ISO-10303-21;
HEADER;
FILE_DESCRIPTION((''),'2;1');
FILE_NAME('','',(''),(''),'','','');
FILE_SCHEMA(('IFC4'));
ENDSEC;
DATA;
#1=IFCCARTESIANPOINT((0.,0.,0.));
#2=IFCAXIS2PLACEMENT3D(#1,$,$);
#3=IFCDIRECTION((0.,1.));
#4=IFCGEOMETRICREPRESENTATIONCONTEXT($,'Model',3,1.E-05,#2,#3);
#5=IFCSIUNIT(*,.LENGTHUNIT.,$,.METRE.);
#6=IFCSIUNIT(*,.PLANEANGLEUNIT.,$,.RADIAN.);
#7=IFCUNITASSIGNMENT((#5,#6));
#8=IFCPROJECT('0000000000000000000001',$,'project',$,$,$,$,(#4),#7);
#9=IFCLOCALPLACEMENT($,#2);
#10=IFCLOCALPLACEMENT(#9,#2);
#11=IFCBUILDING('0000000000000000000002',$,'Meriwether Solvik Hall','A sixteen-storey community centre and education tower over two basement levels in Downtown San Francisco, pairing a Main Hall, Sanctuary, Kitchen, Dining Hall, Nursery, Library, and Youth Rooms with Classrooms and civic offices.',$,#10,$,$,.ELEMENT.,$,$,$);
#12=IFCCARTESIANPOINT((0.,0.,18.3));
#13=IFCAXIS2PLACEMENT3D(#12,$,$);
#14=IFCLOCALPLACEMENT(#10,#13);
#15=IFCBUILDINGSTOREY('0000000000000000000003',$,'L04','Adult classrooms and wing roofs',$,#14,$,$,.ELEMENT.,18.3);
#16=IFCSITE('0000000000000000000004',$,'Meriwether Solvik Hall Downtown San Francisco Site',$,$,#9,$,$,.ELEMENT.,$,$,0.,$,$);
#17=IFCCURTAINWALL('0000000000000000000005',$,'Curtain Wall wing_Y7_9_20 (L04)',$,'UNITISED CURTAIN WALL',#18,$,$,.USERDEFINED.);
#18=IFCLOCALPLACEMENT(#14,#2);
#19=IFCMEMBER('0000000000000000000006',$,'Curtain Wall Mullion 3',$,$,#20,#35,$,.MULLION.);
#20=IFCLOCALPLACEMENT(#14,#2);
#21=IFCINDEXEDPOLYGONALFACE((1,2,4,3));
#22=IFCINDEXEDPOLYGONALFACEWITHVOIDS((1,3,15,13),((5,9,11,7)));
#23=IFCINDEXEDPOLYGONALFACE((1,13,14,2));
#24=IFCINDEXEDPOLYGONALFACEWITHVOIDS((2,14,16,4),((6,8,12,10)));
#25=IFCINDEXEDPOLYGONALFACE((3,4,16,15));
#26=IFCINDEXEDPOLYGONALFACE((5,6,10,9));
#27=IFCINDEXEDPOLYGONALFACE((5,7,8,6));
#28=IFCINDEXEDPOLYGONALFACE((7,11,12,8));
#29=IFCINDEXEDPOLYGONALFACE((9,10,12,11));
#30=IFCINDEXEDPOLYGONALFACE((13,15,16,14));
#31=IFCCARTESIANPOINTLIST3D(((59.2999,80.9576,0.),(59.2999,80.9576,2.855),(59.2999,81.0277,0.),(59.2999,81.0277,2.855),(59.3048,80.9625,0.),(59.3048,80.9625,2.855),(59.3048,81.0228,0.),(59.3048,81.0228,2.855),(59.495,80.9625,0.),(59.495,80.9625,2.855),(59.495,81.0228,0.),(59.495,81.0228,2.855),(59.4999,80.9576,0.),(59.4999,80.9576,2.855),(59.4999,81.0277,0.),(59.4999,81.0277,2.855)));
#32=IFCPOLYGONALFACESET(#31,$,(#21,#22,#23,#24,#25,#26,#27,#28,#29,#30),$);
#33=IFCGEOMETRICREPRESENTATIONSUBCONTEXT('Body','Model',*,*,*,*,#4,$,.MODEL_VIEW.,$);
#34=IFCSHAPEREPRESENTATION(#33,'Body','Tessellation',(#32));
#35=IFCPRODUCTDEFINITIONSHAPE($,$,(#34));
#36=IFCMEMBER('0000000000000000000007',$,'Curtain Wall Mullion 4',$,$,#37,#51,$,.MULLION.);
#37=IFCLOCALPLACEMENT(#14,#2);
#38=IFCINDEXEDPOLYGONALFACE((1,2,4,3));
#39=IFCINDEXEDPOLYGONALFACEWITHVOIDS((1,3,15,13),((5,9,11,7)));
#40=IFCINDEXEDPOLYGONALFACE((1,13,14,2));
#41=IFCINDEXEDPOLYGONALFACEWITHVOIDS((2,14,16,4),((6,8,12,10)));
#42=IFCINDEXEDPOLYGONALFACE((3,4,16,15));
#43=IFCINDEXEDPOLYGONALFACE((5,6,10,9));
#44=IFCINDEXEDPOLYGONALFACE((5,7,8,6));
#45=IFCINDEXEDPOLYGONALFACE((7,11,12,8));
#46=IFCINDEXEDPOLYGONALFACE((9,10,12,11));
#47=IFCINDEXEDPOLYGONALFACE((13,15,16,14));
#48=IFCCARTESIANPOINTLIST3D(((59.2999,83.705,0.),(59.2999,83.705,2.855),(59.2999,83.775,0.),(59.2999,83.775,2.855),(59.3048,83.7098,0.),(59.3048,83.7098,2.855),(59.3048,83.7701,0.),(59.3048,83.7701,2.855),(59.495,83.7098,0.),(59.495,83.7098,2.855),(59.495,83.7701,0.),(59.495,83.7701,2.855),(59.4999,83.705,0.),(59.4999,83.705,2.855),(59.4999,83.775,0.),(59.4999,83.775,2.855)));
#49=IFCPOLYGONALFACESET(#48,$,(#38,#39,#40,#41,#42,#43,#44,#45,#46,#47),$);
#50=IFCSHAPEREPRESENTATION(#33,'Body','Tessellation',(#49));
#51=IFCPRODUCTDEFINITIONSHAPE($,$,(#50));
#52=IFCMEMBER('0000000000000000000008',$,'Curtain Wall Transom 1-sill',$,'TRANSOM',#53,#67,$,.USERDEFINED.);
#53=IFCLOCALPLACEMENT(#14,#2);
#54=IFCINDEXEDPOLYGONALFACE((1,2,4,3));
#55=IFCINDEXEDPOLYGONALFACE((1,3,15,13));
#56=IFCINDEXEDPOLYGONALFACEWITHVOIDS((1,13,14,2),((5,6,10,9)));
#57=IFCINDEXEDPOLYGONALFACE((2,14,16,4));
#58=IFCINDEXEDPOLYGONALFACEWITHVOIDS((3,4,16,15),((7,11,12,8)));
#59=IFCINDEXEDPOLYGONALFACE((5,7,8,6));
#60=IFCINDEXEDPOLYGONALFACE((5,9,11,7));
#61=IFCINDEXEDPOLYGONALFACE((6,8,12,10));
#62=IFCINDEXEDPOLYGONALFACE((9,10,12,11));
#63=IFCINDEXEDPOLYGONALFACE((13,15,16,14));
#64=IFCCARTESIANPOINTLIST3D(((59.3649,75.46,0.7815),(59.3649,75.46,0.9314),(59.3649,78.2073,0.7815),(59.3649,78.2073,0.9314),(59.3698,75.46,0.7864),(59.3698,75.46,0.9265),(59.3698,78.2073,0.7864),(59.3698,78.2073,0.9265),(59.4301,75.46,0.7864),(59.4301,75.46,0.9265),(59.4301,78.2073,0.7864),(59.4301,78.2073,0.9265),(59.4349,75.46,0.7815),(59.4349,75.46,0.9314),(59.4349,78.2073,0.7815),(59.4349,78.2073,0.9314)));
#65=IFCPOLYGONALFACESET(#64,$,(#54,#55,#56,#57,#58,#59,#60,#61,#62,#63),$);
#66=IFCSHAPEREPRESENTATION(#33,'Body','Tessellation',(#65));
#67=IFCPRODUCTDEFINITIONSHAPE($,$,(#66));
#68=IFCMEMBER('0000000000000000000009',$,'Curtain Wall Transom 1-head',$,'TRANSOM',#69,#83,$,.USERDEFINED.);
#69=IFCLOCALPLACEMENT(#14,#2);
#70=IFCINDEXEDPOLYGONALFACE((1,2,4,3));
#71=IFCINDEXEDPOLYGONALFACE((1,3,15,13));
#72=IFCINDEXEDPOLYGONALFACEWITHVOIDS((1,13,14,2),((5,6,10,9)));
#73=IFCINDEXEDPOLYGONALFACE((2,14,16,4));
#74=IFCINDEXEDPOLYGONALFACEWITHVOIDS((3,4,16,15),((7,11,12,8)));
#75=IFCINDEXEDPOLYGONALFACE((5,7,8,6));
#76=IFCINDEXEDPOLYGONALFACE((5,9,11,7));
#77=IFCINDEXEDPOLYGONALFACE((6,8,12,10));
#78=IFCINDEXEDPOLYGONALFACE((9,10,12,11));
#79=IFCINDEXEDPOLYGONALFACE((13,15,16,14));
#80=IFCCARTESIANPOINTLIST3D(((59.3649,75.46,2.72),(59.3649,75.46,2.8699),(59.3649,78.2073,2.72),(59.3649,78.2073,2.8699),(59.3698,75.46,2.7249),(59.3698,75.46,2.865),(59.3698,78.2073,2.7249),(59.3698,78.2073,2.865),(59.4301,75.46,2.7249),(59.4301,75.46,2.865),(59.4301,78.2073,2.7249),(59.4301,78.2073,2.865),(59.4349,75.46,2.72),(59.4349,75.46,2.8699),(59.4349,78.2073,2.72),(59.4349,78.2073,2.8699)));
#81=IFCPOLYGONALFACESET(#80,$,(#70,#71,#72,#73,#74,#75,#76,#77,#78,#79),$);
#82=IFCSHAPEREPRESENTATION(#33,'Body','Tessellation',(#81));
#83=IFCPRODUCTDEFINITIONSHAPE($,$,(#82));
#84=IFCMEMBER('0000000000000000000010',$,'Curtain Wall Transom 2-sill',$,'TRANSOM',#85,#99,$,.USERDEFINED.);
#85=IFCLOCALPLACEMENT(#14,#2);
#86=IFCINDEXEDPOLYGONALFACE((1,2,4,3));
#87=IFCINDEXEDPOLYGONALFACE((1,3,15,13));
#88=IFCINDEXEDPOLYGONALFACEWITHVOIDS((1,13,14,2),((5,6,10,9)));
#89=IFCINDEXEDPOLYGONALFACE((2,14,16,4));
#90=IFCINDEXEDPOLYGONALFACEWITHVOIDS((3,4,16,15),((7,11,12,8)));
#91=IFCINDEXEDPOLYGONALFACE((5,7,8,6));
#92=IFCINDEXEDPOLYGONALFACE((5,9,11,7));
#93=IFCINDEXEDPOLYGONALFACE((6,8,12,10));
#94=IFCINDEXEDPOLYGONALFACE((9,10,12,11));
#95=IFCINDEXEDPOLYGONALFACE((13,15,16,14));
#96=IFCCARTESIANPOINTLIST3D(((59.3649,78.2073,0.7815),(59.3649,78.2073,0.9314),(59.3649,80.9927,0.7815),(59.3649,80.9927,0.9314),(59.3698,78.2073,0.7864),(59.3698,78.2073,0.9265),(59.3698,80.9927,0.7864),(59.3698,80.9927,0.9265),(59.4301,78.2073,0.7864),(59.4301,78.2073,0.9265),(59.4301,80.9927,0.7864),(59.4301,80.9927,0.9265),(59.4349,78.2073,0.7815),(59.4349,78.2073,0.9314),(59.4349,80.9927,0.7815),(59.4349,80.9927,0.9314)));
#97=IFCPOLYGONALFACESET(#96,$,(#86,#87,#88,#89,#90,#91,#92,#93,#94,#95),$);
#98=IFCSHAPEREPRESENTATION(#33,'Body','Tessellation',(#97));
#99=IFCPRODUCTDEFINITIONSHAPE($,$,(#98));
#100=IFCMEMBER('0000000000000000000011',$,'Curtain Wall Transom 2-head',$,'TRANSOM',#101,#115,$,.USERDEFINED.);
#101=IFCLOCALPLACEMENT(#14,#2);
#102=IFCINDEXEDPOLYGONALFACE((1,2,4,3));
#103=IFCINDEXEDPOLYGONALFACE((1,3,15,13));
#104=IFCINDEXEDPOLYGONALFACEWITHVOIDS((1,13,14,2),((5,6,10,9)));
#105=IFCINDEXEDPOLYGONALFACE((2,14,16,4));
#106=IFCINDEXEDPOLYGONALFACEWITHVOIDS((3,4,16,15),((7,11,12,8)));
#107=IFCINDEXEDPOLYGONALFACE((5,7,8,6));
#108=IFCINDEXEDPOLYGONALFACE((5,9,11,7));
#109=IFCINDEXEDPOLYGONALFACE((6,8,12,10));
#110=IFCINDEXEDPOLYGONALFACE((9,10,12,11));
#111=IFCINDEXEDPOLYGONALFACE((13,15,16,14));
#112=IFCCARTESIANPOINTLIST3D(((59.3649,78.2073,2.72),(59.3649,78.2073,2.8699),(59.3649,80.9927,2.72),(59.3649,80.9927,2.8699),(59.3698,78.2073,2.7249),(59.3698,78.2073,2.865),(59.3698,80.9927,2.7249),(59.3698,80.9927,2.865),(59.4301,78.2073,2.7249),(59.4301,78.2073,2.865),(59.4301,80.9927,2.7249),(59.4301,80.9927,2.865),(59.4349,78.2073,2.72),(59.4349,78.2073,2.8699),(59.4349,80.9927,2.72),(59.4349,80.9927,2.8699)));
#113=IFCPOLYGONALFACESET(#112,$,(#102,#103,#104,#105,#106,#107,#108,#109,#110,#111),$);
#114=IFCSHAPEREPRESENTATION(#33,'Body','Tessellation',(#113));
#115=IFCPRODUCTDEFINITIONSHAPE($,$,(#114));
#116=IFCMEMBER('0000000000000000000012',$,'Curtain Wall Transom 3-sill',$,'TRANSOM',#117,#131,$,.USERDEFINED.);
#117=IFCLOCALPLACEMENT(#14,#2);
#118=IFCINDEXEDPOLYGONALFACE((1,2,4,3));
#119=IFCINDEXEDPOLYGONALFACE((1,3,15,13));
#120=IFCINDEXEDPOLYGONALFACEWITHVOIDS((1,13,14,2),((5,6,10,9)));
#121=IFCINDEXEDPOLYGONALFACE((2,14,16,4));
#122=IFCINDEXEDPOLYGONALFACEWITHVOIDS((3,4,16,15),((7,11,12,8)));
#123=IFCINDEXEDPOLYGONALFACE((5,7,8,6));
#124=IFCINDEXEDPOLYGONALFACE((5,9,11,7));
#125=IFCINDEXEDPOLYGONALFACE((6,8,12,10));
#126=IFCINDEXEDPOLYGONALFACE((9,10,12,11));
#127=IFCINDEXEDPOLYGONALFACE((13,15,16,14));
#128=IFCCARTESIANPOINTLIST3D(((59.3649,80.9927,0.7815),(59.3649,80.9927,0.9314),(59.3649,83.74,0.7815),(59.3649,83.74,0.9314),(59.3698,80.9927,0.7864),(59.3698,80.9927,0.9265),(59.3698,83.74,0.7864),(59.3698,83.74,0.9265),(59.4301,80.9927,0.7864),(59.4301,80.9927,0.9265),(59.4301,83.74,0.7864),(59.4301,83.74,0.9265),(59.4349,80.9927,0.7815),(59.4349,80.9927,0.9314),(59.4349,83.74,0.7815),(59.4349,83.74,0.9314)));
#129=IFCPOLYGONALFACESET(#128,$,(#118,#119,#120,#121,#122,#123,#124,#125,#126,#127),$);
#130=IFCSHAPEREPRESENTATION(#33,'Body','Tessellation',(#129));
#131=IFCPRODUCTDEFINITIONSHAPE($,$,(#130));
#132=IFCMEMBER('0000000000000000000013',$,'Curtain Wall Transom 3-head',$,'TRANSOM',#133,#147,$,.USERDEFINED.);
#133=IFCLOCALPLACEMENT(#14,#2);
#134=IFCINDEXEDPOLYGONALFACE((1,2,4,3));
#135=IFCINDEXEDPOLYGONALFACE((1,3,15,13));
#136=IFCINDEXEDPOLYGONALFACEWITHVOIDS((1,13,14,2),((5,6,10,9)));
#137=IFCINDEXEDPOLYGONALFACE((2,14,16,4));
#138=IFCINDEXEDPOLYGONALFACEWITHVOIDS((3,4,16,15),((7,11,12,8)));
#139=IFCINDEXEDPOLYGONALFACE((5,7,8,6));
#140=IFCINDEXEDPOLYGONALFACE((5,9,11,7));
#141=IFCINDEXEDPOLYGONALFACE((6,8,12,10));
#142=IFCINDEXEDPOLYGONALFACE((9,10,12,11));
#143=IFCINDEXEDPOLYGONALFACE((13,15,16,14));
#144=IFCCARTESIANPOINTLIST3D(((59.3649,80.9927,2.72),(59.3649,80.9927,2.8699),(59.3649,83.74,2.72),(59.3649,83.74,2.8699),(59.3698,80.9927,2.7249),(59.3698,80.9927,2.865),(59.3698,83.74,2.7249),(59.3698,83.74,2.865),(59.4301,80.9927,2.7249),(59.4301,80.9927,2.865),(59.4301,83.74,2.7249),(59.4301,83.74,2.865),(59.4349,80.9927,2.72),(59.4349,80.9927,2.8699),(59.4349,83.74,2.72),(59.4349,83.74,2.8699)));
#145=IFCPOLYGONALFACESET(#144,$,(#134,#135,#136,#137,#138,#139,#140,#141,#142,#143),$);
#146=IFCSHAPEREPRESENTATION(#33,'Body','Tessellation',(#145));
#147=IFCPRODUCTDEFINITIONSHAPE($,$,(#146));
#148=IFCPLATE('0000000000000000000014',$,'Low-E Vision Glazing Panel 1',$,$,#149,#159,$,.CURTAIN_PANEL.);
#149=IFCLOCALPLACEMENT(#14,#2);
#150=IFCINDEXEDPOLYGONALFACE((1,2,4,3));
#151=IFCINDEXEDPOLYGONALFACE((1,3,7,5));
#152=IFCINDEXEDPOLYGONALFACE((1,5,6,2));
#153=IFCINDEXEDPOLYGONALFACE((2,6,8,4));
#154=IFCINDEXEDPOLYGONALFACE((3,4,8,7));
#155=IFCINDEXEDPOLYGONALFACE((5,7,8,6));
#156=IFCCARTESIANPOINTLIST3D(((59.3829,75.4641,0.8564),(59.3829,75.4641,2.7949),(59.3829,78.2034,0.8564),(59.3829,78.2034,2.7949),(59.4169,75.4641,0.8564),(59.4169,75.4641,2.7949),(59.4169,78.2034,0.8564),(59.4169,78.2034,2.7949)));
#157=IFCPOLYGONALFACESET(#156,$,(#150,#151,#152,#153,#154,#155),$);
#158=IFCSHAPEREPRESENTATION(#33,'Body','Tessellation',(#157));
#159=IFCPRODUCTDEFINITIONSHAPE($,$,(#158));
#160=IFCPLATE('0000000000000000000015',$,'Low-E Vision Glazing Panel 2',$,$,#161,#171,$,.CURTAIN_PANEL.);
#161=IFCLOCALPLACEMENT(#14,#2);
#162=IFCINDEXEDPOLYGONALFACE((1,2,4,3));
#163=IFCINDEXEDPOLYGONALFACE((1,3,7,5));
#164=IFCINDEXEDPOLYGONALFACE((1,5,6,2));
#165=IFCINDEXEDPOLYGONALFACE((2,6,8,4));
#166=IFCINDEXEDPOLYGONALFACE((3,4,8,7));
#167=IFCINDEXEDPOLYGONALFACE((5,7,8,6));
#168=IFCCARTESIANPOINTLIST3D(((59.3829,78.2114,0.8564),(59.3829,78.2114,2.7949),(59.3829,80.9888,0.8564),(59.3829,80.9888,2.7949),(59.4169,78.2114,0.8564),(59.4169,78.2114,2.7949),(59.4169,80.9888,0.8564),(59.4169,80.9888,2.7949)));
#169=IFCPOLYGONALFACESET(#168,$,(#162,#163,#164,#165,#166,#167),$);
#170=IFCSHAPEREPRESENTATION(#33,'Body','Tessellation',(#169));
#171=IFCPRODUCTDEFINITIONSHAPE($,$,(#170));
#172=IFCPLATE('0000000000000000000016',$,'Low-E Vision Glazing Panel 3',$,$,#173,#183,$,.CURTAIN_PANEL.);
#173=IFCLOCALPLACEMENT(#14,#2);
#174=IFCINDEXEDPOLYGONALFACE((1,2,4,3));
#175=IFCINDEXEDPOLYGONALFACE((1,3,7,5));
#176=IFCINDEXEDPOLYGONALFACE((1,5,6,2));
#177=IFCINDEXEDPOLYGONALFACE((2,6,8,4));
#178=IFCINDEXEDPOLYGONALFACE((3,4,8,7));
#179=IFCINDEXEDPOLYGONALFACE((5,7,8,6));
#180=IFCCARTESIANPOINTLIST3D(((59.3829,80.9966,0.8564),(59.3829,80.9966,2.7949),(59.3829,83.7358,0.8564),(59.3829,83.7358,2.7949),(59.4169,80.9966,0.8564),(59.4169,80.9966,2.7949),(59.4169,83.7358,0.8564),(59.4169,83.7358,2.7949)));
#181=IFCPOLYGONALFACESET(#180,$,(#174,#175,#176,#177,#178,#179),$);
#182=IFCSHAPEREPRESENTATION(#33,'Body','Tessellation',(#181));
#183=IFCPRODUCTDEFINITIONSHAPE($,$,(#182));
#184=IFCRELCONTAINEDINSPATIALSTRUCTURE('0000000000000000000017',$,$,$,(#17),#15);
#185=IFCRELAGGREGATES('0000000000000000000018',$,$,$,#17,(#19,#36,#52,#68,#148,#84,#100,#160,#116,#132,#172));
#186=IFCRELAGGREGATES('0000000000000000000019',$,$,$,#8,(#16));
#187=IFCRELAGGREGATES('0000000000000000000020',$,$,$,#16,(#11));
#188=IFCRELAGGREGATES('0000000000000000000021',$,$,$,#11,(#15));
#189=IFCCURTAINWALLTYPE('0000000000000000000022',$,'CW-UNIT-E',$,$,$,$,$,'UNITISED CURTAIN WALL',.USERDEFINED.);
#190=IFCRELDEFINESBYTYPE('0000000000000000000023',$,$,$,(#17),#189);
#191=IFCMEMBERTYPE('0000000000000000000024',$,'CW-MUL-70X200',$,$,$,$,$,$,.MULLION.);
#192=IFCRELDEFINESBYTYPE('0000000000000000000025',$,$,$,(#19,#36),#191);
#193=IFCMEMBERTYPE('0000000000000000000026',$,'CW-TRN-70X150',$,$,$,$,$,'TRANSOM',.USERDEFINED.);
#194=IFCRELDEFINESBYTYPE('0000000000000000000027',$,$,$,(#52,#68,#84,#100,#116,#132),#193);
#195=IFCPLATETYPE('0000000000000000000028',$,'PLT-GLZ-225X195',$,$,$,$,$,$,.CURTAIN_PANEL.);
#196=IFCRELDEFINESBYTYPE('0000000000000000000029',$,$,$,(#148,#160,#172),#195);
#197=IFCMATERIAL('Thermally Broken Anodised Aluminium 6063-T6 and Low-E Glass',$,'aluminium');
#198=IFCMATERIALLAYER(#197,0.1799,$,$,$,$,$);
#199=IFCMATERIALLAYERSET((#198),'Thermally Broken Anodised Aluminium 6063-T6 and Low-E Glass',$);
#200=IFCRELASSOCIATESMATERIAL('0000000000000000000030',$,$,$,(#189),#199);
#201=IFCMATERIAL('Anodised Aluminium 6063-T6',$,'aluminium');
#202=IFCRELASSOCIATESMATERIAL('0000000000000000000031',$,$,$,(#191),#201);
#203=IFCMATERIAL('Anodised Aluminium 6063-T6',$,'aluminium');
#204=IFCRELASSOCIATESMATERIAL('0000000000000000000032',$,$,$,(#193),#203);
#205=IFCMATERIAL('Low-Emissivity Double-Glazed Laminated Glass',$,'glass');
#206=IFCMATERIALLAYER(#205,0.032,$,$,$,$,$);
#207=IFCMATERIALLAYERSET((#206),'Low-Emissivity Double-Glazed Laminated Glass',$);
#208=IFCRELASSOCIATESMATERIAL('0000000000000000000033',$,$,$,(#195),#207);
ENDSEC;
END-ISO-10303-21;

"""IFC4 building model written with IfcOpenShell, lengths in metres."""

from ifc_helpers import new_model, si_unit, direction, frame, origin, origin_2d, place, context, subcontext, project, spatial, rectangle, hollow_rectangle, extrude, material, layer, layer_set, material_profile, profile_set, type_object, element, aggregate, save


model = new_model("IFC4")

# Units and contexts
model_context = context("Model", 3, precision=1e-05, world=origin(), true_north=direction((0.0, 1.0)))
body_context = subcontext(model_context, "Body", "Model", "MODEL_VIEW")
ifc_project = project(units=[si_unit("LENGTHUNIT", "METRE"), si_unit("PLANEANGLEUNIT", "RADIAN")], contexts=[model_context])

# Site, building, storey
site_placement = place(None, origin())
site = spatial("IfcSite", under=ifc_project, at=site_placement, Name="Meriwether Solvik Hall Downtown San Francisco Site", CompositionType="ELEMENT", RefElevation=0.0)
building_placement = place(site_placement, origin())
building = spatial("IfcBuilding", under=site, at=building_placement, Name="Meriwether Solvik Hall", Description="A sixteen-storey community centre and education tower over two basement levels in Downtown San Francisco, pairing a Main Hall, Sanctuary, Kitchen, Dining Hall, Nursery, Library, and Youth Rooms with Classrooms and civic offices.", CompositionType="ELEMENT")
storey_placement = place(building_placement, frame((0.0, 0.0, 18.3)))
storey = spatial("IfcBuildingStorey", under=building, at=storey_placement, Name="L04", Description="Adult classrooms and wing roofs", CompositionType="ELEMENT", Elevation=18.3)

# Curtain wall, members, plates
ifc_material_1 = material(Name="Thermally Broken Anodised Aluminium 6063-T6 and Low-E Glass", Category="aluminium")
ifc_layer_1 = layer(ifc_material_1, 0.1799)
ifc_layer_set_1 = layer_set([ifc_layer_1], Name="Thermally Broken Anodised Aluminium 6063-T6 and Low-E Glass")
curtain_wall_type = type_object("IfcCurtainWallType", Name="CW-UNIT-E", ElementType="UNITISED CURTAIN WALL", PredefinedType="USERDEFINED", material=ifc_layer_set_1)
curtain_wall_placement = place(storey_placement, origin())
curtain_wall = element("IfcCurtainWall", 1, at=curtain_wall_placement, inside=storey, type_object=curtain_wall_type, Name="Curtain Wall wing_Y7_9_20 (L04)", ObjectType="UNITISED CURTAIN WALL", PredefinedType="USERDEFINED")
ifc_material_2 = material(Name="Anodised Aluminium 6063-T6", Category="aluminium")
ifc_material_profile_1 = material_profile(ifc_material_2, hollow_rectangle(XDim=0.0701, YDim=0.2, WallThickness=0.0049, at=origin_2d()), Name="CWM-70X200")
ifc_profile_set_1 = profile_set([ifc_material_profile_1], Name="Anodised Aluminium 6063-T6")
member_type_1 = type_object("IfcMemberType", Name="CW-MUL-70X200", PredefinedType="MULLION", material=ifc_profile_set_1)
member_1_placement = place(storey_placement, frame((59.3999, 80.9927, 0.0), z_axis=(0.0, 0.0, 1.0), x_axis=(0.0, 1.0, 0.0)))
member_1 = element("IfcMember", 2, at=member_1_placement, type_object=member_type_1, Name="Curtain Wall Mullion 3", PredefinedType="MULLION", context=body_context, shape_type="SweptSolid", body=[
    extrude(hollow_rectangle(XDim=0.0701, YDim=0.2, WallThickness=0.0049, at=origin_2d()), origin(), (0.0, 0.0, 1.0), 2.855),
])
member_2_placement = place(storey_placement, frame((59.3999, 83.74, 0.0), z_axis=(0.0, 0.0, 1.0), x_axis=(0.0, 1.0, 0.0)))
member_2 = element("IfcMember", 3, at=member_2_placement, type_object=member_type_1, Name="Curtain Wall Mullion 4", PredefinedType="MULLION", context=body_context, shape_type="SweptSolid", body=[
    extrude(hollow_rectangle(XDim=0.0701, YDim=0.2, WallThickness=0.0049, at=origin_2d()), origin(), (0.0, 0.0, 1.0), 2.855),
])
ifc_material_3 = material(Name="Anodised Aluminium 6063-T6", Category="aluminium")
ifc_material_profile_2 = material_profile(ifc_material_3, hollow_rectangle(XDim=0.0701, YDim=0.1499, WallThickness=0.0049, at=origin_2d()), Name="CWT-70X150")
ifc_profile_set_2 = profile_set([ifc_material_profile_2], Name="Anodised Aluminium 6063-T6")
member_type_2 = type_object("IfcMemberType", Name="CW-TRN-70X150", ElementType="TRANSOM", PredefinedType="USERDEFINED", material=ifc_profile_set_2)
member_3_placement = place(storey_placement, frame((59.3999, 75.46, 0.8564), z_axis=(0.0, 1.0, 0.0), x_axis=(-1.0, 0.0, 0.0)))
member_3 = element("IfcMember", 4, at=member_3_placement, type_object=member_type_2, Name="Curtain Wall Transom 1-sill", ObjectType="TRANSOM", PredefinedType="USERDEFINED", context=body_context, shape_type="SweptSolid", body=[
    extrude(hollow_rectangle(XDim=0.0701, YDim=0.1499, WallThickness=0.0049, at=origin_2d()), origin(), (0.0, 0.0, 1.0), 2.7473),
])
member_4_placement = place(storey_placement, frame((59.3999, 75.46, 2.7949), z_axis=(0.0, 1.0, 0.0), x_axis=(-1.0, 0.0, 0.0)))
member_4 = element("IfcMember", 5, at=member_4_placement, type_object=member_type_2, Name="Curtain Wall Transom 1-head", ObjectType="TRANSOM", PredefinedType="USERDEFINED", context=body_context, shape_type="SweptSolid", body=[
    extrude(hollow_rectangle(XDim=0.0701, YDim=0.1499, WallThickness=0.0049, at=origin_2d()), origin(), (0.0, 0.0, 1.0), 2.7473),
])
member_5_placement = place(storey_placement, frame((59.3999, 78.2073, 0.8564), z_axis=(0.0, 1.0, 0.0), x_axis=(-1.0, 0.0, 0.0)))
member_5 = element("IfcMember", 6, at=member_5_placement, type_object=member_type_2, Name="Curtain Wall Transom 2-sill", ObjectType="TRANSOM", PredefinedType="USERDEFINED", context=body_context, shape_type="SweptSolid", body=[
    extrude(hollow_rectangle(XDim=0.0701, YDim=0.1499, WallThickness=0.0049, at=origin_2d()), origin(), (0.0, 0.0, 1.0), 2.7854),
])
member_6_placement = place(storey_placement, frame((59.3999, 78.2073, 2.7949), z_axis=(0.0, 1.0, 0.0), x_axis=(-1.0, 0.0, 0.0)))
member_6 = element("IfcMember", 7, at=member_6_placement, type_object=member_type_2, Name="Curtain Wall Transom 2-head", ObjectType="TRANSOM", PredefinedType="USERDEFINED", context=body_context, shape_type="SweptSolid", body=[
    extrude(hollow_rectangle(XDim=0.0701, YDim=0.1499, WallThickness=0.0049, at=origin_2d()), origin(), (0.0, 0.0, 1.0), 2.7854),
])
member_7_placement = place(storey_placement, frame((59.3999, 80.9927, 0.8564), z_axis=(0.0, 1.0, 0.0), x_axis=(-1.0, 0.0, 0.0)))
member_7 = element("IfcMember", 8, at=member_7_placement, type_object=member_type_2, Name="Curtain Wall Transom 3-sill", ObjectType="TRANSOM", PredefinedType="USERDEFINED", context=body_context, shape_type="SweptSolid", body=[
    extrude(hollow_rectangle(XDim=0.0701, YDim=0.1499, WallThickness=0.0049, at=origin_2d()), origin(), (0.0, 0.0, 1.0), 2.7473),
])
member_8_placement = place(storey_placement, frame((59.3999, 80.9927, 2.7949), z_axis=(0.0, 1.0, 0.0), x_axis=(-1.0, 0.0, 0.0)))
member_8 = element("IfcMember", 9, at=member_8_placement, type_object=member_type_2, Name="Curtain Wall Transom 3-head", ObjectType="TRANSOM", PredefinedType="USERDEFINED", context=body_context, shape_type="SweptSolid", body=[
    extrude(hollow_rectangle(XDim=0.0701, YDim=0.1499, WallThickness=0.0049, at=origin_2d()), origin(), (0.0, 0.0, 1.0), 2.7473),
])
ifc_material_4 = material(Name="Low-Emissivity Double-Glazed Laminated Glass", Category="glass")
ifc_layer_2 = layer(ifc_material_4, 0.032)
ifc_layer_set_2 = layer_set([ifc_layer_2], Name="Low-Emissivity Double-Glazed Laminated Glass")
plate_type_1 = type_object("IfcPlateType", Name="PLT-GLZ-225X195", PredefinedType="CURTAIN_PANEL", material=ifc_layer_set_2)
plate_1_placement = place(storey_placement, frame((59.3999, 76.8337, 0.8564), z_axis=(0.0, 0.0, 1.0), x_axis=(0.0, 1.0, 0.0)))
plate_1 = element("IfcPlate", 10, at=plate_1_placement, type_object=plate_type_1, Name="Low-E Vision Glazing Panel 1", PredefinedType="CURTAIN_PANEL", context=body_context, shape_type="SweptSolid", body=[
    extrude(rectangle(XDim=2.7393, YDim=0.0339, at=origin_2d()), origin(), (0.0, 0.0, 1.0), 1.9385),
])
plate_2_placement = place(storey_placement, frame((59.3999, 79.6001, 0.8564), z_axis=(0.0, 0.0, 1.0), x_axis=(0.0, 1.0, 0.0)))
plate_2 = element("IfcPlate", 11, at=plate_2_placement, type_object=plate_type_1, Name="Low-E Vision Glazing Panel 2", PredefinedType="CURTAIN_PANEL", context=body_context, shape_type="SweptSolid", body=[
    extrude(rectangle(XDim=2.7773, YDim=0.0339, at=origin_2d()), origin(), (0.0, 0.0, 1.0), 1.9385),
])
plate_3_placement = place(storey_placement, frame((59.3999, 82.3662, 0.8564), z_axis=(0.0, 0.0, 1.0), x_axis=(0.0, 1.0, 0.0)))
plate_3 = element("IfcPlate", 12, at=plate_3_placement, type_object=plate_type_1, Name="Low-E Vision Glazing Panel 3", PredefinedType="CURTAIN_PANEL", context=body_context, shape_type="SweptSolid", body=[
    extrude(rectangle(XDim=2.7393, YDim=0.0339, at=origin_2d()), origin(), (0.0, 0.0, 1.0), 1.9385),
])
aggregate(curtain_wall, [member_1, member_2, member_3, member_4, plate_1, member_5, member_6, plate_2, member_7, member_8, plate_3])

save(model, "model.ifc")
